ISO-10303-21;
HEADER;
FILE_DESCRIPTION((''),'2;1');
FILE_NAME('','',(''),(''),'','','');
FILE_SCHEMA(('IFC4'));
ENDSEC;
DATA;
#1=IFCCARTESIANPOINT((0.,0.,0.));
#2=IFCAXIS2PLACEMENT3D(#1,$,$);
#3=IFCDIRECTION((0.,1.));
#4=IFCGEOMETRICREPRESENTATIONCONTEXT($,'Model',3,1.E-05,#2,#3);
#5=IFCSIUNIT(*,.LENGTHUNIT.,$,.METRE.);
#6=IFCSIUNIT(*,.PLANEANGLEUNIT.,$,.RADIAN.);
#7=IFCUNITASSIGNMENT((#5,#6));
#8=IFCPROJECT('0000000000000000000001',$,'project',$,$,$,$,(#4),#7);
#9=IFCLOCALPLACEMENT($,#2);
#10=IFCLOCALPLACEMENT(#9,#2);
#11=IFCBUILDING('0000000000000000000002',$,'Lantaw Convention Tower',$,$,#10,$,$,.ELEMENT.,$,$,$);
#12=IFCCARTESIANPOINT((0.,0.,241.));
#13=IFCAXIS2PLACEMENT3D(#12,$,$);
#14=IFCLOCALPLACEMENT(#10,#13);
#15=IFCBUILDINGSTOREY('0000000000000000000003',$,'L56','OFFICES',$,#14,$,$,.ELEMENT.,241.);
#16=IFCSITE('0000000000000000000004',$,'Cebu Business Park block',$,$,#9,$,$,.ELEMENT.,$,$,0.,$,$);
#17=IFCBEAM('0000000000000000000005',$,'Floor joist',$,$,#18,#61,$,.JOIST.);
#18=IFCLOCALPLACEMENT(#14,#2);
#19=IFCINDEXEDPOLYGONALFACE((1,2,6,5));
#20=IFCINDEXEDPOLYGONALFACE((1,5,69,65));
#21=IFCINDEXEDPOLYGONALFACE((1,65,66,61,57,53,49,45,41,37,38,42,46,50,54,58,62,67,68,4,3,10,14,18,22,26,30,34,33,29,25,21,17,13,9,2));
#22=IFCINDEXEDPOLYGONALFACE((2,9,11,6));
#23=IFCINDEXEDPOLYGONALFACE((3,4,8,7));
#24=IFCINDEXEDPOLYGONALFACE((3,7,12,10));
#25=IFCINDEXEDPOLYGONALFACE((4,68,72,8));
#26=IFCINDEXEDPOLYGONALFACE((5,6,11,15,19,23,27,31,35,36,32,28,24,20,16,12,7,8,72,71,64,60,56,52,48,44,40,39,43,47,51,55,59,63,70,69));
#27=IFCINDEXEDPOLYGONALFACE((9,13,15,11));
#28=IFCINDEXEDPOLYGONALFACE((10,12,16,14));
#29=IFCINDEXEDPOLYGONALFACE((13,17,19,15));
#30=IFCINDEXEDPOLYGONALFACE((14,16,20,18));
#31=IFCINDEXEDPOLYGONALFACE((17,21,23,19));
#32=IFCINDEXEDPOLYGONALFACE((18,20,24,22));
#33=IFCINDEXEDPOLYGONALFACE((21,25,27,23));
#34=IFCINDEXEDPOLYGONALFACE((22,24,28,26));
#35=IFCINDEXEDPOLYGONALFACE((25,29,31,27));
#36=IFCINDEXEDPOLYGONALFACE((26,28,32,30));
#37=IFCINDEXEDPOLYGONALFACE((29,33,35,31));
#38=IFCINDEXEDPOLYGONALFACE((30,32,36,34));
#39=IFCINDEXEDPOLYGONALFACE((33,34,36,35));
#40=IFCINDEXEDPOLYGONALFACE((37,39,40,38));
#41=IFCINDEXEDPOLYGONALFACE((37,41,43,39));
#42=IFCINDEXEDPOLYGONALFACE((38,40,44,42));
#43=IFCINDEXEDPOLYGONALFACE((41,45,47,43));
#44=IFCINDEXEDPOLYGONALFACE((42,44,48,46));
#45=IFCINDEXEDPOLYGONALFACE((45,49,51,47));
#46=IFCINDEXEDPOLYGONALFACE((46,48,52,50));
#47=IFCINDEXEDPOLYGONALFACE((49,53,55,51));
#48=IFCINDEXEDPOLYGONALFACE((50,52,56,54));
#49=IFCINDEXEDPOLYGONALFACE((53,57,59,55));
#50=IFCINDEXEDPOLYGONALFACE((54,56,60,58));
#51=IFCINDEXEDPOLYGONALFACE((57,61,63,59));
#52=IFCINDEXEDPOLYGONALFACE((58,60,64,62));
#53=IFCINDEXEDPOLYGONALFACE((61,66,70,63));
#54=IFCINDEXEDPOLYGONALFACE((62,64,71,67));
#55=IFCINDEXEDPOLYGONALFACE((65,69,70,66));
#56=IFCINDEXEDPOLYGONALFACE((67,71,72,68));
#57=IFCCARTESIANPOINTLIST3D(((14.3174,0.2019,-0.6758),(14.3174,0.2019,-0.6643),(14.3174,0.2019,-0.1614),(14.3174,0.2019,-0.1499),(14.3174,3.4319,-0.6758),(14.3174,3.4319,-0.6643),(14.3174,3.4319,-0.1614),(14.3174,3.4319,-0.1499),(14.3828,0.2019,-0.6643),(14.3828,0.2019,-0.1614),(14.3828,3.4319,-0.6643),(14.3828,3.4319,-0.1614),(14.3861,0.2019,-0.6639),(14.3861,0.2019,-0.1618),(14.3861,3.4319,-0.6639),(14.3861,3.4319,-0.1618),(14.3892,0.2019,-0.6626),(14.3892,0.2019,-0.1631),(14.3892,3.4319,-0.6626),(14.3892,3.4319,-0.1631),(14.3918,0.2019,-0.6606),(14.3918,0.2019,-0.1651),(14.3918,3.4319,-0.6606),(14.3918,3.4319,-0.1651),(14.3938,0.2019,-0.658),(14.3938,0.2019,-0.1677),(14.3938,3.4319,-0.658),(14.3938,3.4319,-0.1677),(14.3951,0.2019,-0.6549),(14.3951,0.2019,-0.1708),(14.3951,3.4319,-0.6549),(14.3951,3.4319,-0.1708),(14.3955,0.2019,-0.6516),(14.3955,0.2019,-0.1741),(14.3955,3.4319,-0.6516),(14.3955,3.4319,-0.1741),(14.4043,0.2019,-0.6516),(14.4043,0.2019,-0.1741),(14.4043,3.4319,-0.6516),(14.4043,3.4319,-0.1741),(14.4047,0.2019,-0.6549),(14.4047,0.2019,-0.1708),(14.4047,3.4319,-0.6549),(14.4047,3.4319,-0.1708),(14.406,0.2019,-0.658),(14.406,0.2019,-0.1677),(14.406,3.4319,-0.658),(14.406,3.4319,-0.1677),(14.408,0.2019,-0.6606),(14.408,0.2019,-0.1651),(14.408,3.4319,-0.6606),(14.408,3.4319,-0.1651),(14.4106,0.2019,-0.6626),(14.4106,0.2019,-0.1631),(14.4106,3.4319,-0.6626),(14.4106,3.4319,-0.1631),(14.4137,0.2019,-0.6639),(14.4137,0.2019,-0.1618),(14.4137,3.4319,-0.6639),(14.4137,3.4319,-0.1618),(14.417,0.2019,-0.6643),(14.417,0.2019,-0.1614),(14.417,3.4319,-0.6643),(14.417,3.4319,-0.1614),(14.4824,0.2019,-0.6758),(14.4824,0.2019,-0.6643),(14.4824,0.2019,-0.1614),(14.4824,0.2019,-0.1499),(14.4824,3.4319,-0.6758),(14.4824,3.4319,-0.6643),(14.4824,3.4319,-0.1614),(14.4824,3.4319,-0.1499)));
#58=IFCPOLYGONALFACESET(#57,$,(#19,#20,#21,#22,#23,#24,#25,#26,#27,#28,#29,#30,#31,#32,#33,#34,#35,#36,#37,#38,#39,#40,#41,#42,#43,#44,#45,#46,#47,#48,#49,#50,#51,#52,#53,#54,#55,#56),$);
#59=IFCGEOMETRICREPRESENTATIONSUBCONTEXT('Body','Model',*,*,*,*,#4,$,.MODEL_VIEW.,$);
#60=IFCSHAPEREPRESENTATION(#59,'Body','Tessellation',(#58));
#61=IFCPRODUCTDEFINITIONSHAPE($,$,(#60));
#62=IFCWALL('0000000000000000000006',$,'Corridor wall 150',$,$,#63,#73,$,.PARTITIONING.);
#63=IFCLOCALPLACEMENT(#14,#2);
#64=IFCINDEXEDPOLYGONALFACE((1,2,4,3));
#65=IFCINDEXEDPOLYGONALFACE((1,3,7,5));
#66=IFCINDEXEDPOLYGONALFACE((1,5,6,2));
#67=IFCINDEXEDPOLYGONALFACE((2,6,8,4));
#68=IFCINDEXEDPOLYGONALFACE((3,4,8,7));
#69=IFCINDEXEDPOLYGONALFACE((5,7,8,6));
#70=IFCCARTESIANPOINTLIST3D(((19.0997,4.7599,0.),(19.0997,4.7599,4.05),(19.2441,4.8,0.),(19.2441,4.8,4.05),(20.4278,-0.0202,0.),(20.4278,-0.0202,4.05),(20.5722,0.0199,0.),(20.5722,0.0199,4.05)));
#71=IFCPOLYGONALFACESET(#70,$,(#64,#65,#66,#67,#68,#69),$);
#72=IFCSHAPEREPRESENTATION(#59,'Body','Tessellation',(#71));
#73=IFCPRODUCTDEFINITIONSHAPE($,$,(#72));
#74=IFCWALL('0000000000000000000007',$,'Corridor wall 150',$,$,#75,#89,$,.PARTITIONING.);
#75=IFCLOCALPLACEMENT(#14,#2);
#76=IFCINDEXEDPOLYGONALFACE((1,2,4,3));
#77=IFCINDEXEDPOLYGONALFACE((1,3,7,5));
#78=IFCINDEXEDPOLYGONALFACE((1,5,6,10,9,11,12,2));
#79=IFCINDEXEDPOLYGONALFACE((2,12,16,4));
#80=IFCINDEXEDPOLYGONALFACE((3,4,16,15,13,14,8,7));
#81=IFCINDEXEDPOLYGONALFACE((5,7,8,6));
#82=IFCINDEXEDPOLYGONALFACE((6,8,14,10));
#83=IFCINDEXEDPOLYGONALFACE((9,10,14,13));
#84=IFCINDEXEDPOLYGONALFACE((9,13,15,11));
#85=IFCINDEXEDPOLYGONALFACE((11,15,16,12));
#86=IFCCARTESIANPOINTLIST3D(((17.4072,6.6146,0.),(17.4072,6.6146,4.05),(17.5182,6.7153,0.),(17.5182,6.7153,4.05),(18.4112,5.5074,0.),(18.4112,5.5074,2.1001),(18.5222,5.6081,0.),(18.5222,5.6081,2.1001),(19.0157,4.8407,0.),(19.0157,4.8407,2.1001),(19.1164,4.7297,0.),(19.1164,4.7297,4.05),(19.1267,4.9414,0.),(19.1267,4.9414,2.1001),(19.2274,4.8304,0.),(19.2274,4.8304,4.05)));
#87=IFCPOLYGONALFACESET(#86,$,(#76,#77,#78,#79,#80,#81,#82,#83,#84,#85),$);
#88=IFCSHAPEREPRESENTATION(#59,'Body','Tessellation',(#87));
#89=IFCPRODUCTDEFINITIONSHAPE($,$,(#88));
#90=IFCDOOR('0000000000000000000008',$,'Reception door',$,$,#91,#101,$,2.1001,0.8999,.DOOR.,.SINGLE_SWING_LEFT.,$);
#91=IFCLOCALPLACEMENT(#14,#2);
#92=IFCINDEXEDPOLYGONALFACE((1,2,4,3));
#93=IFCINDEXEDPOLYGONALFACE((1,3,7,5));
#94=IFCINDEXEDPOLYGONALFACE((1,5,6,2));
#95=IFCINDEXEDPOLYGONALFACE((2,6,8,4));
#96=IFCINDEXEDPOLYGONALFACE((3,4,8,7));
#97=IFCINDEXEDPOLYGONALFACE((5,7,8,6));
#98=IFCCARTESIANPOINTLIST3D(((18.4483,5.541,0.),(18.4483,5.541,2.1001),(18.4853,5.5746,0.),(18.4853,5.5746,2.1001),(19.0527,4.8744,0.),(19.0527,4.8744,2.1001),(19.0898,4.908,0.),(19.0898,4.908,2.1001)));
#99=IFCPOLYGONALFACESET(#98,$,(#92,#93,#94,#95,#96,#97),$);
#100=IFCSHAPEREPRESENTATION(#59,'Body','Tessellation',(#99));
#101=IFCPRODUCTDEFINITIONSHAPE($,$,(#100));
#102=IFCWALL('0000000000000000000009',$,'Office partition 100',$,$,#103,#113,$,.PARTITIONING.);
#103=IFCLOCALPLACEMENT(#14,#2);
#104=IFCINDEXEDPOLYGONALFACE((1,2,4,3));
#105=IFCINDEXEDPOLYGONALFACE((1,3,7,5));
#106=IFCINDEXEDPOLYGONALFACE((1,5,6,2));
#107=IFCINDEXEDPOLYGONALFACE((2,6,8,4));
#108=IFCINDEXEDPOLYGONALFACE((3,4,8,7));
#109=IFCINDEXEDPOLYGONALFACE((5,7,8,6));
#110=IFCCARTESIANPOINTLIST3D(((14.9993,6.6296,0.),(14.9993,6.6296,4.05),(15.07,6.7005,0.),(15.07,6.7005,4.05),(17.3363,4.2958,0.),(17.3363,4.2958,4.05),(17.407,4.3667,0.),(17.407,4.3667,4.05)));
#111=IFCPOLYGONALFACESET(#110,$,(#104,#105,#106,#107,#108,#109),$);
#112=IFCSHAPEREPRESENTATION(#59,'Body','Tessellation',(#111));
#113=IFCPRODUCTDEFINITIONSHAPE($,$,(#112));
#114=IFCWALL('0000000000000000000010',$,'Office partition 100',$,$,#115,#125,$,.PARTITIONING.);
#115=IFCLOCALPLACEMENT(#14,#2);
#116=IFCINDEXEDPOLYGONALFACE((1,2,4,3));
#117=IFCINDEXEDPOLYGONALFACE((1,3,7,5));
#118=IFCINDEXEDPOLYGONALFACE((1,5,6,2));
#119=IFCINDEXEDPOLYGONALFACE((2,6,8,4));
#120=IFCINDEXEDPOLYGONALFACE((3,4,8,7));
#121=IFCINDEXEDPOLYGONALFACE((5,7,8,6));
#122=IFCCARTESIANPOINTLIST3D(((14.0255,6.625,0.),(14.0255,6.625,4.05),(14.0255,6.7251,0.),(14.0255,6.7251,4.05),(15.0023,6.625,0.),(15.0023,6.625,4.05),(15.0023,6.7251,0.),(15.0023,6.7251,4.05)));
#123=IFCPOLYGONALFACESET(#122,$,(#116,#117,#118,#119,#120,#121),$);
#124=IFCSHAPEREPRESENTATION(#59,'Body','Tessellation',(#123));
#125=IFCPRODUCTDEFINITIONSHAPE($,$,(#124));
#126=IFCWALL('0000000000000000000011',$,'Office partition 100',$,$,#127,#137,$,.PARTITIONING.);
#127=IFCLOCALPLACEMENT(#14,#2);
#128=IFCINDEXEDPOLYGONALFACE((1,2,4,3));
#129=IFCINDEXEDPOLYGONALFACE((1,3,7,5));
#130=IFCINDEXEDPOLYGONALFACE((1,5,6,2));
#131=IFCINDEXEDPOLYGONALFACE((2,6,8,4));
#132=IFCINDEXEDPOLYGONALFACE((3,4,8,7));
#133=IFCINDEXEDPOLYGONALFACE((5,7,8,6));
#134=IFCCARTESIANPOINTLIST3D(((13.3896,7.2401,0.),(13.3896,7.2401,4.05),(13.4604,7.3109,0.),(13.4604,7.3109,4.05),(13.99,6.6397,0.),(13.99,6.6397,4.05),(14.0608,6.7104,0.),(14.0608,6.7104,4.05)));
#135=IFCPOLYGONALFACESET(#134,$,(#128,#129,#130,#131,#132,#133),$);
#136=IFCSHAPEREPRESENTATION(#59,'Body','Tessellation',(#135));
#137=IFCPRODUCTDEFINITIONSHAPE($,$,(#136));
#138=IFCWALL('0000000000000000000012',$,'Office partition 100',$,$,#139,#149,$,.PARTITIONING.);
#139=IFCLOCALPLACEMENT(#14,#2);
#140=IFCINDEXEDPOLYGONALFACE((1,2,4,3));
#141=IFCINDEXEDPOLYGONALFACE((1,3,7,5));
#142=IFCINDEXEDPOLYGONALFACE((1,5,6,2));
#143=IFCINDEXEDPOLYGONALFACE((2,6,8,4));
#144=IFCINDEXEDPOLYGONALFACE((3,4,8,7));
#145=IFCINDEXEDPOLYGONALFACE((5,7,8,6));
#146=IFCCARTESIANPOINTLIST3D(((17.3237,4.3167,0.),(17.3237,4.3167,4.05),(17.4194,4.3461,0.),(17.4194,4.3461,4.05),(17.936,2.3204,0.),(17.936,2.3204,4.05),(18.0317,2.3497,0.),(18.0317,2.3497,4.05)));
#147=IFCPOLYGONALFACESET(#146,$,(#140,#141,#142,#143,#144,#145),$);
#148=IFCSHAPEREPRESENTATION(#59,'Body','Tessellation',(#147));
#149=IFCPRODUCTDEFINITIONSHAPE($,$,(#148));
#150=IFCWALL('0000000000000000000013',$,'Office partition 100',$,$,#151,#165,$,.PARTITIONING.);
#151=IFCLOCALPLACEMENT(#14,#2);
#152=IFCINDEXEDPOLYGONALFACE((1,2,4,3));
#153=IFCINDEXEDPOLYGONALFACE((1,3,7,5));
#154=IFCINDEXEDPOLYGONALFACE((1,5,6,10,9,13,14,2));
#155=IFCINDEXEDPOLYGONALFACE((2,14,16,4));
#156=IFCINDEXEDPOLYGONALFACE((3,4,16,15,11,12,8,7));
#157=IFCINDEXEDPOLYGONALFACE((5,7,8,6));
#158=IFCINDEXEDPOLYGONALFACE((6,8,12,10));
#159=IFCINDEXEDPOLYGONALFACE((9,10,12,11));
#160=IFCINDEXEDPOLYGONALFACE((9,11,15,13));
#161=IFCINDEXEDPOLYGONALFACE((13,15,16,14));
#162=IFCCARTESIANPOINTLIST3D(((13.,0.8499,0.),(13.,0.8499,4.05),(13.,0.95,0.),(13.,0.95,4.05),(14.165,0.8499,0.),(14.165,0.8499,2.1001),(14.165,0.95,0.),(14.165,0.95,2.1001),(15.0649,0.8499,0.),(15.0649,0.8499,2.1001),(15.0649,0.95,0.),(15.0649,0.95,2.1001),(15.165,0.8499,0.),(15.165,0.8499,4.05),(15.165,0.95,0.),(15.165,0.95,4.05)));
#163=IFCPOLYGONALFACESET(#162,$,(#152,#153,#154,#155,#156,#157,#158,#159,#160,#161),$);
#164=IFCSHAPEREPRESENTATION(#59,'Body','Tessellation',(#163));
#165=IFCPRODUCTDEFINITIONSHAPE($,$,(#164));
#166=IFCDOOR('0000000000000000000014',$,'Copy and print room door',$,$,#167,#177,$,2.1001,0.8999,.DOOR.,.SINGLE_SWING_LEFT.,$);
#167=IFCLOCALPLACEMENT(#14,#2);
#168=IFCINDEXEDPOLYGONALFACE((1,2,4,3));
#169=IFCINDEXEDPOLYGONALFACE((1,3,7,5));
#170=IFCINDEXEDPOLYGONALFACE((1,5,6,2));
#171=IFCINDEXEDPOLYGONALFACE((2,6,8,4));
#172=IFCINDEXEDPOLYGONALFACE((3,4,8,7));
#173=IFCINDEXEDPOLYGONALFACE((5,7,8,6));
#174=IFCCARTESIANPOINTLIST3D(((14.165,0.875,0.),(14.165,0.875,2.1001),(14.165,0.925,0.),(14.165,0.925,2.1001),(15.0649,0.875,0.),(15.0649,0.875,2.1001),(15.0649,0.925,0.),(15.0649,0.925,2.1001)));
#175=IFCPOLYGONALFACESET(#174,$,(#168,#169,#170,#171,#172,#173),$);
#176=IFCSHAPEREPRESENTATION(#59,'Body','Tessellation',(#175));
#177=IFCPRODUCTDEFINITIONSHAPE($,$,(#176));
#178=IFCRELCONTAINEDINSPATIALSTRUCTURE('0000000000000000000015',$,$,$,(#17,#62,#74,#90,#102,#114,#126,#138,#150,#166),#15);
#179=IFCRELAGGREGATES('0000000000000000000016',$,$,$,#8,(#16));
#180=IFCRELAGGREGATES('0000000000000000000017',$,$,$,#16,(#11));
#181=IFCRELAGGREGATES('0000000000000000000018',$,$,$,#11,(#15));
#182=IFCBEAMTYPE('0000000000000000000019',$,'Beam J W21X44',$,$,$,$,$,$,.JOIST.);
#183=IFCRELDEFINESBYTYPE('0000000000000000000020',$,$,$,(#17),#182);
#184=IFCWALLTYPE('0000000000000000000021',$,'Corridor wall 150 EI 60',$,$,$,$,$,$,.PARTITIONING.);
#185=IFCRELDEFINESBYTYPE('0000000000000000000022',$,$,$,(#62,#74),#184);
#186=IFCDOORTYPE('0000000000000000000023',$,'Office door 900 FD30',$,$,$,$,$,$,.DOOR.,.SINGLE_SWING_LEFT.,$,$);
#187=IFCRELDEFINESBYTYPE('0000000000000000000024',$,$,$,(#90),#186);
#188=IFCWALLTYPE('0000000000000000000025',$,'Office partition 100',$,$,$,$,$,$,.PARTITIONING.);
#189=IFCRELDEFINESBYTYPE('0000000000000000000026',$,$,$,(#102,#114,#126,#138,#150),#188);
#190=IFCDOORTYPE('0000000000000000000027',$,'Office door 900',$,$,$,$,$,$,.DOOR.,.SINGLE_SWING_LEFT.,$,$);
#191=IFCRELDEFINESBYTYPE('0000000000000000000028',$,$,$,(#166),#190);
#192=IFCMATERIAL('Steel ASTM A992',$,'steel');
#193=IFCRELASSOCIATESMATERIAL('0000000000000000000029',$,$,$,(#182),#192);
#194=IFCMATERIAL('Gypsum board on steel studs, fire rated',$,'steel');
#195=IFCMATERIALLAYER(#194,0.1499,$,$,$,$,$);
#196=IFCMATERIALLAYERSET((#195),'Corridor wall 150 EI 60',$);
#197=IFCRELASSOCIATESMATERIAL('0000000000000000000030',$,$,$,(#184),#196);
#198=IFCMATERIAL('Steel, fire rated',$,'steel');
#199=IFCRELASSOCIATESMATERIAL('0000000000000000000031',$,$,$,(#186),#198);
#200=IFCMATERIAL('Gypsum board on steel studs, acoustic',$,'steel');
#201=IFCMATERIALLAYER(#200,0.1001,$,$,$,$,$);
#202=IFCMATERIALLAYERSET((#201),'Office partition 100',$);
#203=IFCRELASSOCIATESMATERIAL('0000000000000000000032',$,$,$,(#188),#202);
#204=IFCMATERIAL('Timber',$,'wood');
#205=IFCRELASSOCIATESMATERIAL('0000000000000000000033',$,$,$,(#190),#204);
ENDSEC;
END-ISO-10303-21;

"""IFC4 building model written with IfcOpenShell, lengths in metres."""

from ifc_helpers import new_model, si_unit, direction, frame, frame_2d, origin, origin_2d, place, context, subcontext, project, spatial, rectangle, i_section, extrude, material, layer, layer_set, material_profile, profile_set, type_object, element, fill, save


model = new_model("IFC4")

# Units and contexts
model_context = context("Model", 3, precision=1e-05, world=origin(), true_north=direction((0.0, 1.0)))
body_context = subcontext(model_context, "Body", "Model", "MODEL_VIEW")
ifc_project = project(units=[si_unit("LENGTHUNIT", "METRE"), si_unit("PLANEANGLEUNIT", "RADIAN")], contexts=[model_context])

# Site, building, storey
site_placement = place(None, origin())
site = spatial("IfcSite", under=ifc_project, at=site_placement, Name="Cebu Business Park block", CompositionType="ELEMENT", RefElevation=0.0)
building_placement = place(site_placement, origin())
building = spatial("IfcBuilding", under=site, at=building_placement, Name="Lantaw Convention Tower", CompositionType="ELEMENT")
storey_placement = place(building_placement, frame((0.0, 0.0, 241.0)))
storey = spatial("IfcBuildingStorey", under=building, at=storey_placement, Name="L56", Description="OFFICES", CompositionType="ELEMENT", Elevation=241.0)

# Beam
ifc_material_1 = material(Name="Steel ASTM A992", Category="steel")
ifc_material_profile_1 = material_profile(ifc_material_1, i_section(OverallWidth=0.165, OverallDepth=0.5259, WebThickness=0.0088, FlangeThickness=0.0115, FilletRadius=0.0127, at=origin_2d()), Name="W21X44")
ifc_profile_set_1 = profile_set([ifc_material_profile_1], Name="Steel ASTM A992")
beam_type_1 = type_object("IfcBeamType", Name="Beam J W21X44", PredefinedType="JOIST", material=ifc_profile_set_1)
beam_1_placement = place(storey_placement, frame((14.3999, 0.2019, -0.4128), z_axis=(0.0, 1.0, 0.0), x_axis=(-1.0, 0.0, 0.0)))
element("IfcBeam", 1, at=beam_1_placement, inside=storey, type_object=beam_type_1, Name="Floor joist", PredefinedType="JOIST", context=body_context, shape_type="SweptSolid", body=[
    extrude(i_section(OverallWidth=0.165, OverallDepth=0.5259, WebThickness=0.0088, FlangeThickness=0.0115, FilletRadius=0.0127, at=origin_2d()), origin(), (0.0, 0.0, 1.0), 3.23),
])

# Wall
ifc_material_2 = material(Name="Gypsum board on steel studs, fire rated", Category="steel")
ifc_layer_1 = layer(ifc_material_2, 0.1499)
ifc_layer_set_1 = layer_set([ifc_layer_1], Name="Corridor wall 150 EI 60")
wall_type_1 = type_object("IfcWallType", Name="Corridor wall 150 EI 60", PredefinedType="PARTITIONING", material=ifc_layer_set_1)
wall_1_placement = place(storey_placement, frame((20.5, 0.0, 0.0), z_axis=(0.0, 0.0, 1.0), x_axis=(-0.267707, 0.9635, 0.0)))
element("IfcWall", 2, at=wall_1_placement, inside=storey, type_object=wall_type_1, Name="Corridor wall 150", PredefinedType="PARTITIONING", context=body_context, shape_type="SweptSolid", body=[
    extrude(rectangle(XDim=4.9612, YDim=0.1499, at=frame_2d((2.4805, 0.0))), origin(), (0.0, 0.0, 1.0), 4.05),
])

# Wall, opening, door
wall_2_placement = place(storey_placement, frame((19.1719, 4.78, 0.0), z_axis=(0.0, 0.0, 1.0), x_axis=(-0.671722, 0.740803, 0.0)))
wall_2 = element("IfcWall", 3, at=wall_2_placement, inside=storey, type_object=wall_type_1, Name="Corridor wall 150", PredefinedType="PARTITIONING", context=body_context, shape_type="SweptSolid", body=[
    extrude(rectangle(XDim=2.5444, YDim=0.1499, at=frame_2d((1.2722, 0.0))), origin(), (0.0, 0.0, 1.0), 4.05),
])
opening_1_placement = place(wall_2_placement, frame((0.1499, 0.0, 0.0)))
opening_1 = element("IfcOpeningElement", 4, at=opening_1_placement, cuts=wall_2, PredefinedType="OPENING", context=body_context, shape_type="SweptSolid", body=[
    extrude(rectangle(XDim=0.8999, YDim=2.1001, at=frame_2d((0.45, 1.05))), frame((0.0, 0.085, 0.0), z_axis=(0.0, -1.0, 0.0), x_axis=(1.0, 0.0, 0.0)), (0.0, 0.0, 1.0), 0.1699),
])
ifc_material_3 = material(Name="Steel, fire rated", Category="steel")
door_type_1 = type_object("IfcDoorType", Name="Office door 900 FD30", OperationType="SINGLE_SWING_LEFT", PredefinedType="DOOR", material=ifc_material_3)
door_1_placement = place(opening_1_placement, origin())
door_1 = element("IfcDoor", 5, at=door_1_placement, inside=storey, type_object=door_type_1, Name="Reception door", OperationType="SINGLE_SWING_LEFT", OverallHeight=2.1001, OverallWidth=0.8999, PredefinedType="DOOR", context=body_context, shape_type="SweptSolid", body=[
    extrude(rectangle(XDim=0.8999, YDim=2.1001, at=frame_2d((0.45, 1.05))), frame((0.0, 0.0249, 0.0), z_axis=(0.0, -1.0, 0.0), x_axis=(1.0, 0.0, 0.0)), (0.0, 0.0, 1.0), 0.05),
])
fill(opening_1, door_1)

# Walls
ifc_material_4 = material(Name="Gypsum board on steel studs, acoustic", Category="steel")
ifc_layer_2 = layer(ifc_material_4, 0.1001)
ifc_layer_set_2 = layer_set([ifc_layer_2], Name="Office partition 100")
wall_type_2 = type_object("IfcWallType", Name="Office partition 100", PredefinedType="PARTITIONING", material=ifc_layer_set_2)
wall_3_placement = place(storey_placement, frame((15.0347, 6.665, 0.0), z_axis=(0.0, 0.0, 1.0), x_axis=(0.707587, -0.706626, 0.0)))
element("IfcWall", 6, at=wall_3_placement, inside=storey, type_object=wall_type_2, Name="Office partition 100", PredefinedType="PARTITIONING", context=body_context, shape_type="SweptSolid", body=[
    extrude(rectangle(XDim=3.3027, YDim=0.1001, at=frame_2d((1.6514, 0.0))), origin(), (0.0, 0.0, 1.0), 4.05),
])
wall_4_placement = place(storey_placement, frame((15.0022, 6.675, 0.0), z_axis=(0.0, 0.0, 1.0), x_axis=(-1.0, 0.0, 0.0)))
element("IfcWall", 7, at=wall_4_placement, inside=storey, type_object=wall_type_2, Name="Office partition 100", PredefinedType="PARTITIONING", context=body_context, shape_type="SweptSolid", body=[
    extrude(rectangle(XDim=0.9768, YDim=0.1001, at=frame_2d((0.4883, 0.0))), origin(), (0.0, 0.0, 1.0), 4.05),
])
wall_5_placement = place(storey_placement, frame((14.0254, 6.675, 0.0), z_axis=(0.0, 0.0, 1.0), x_axis=(-0.707107, 0.707107, 0.0)))
element("IfcWall", 8, at=wall_5_placement, inside=storey, type_object=wall_type_2, Name="Office partition 100", PredefinedType="PARTITIONING", context=body_context, shape_type="SweptSolid", body=[
    extrude(rectangle(XDim=0.8491, YDim=0.1001, at=frame_2d((0.4246, 0.0))), origin(), (0.0, 0.0, 1.0), 4.05),
])
wall_6_placement = place(storey_placement, frame((17.3716, 4.3313, 0.0), z_axis=(0.0, 0.0, 1.0), x_axis=(0.293231, -0.956042, 0.0)))
element("IfcWall", 9, at=wall_6_placement, inside=storey, type_object=wall_type_2, Name="Office partition 100", PredefinedType="PARTITIONING", context=body_context, shape_type="SweptSolid", body=[
    extrude(rectangle(XDim=2.0881, YDim=0.1001, at=frame_2d((1.0439, 0.0))), origin(), (0.0, 0.0, 1.0), 4.05),
])

# Wall, opening, door
wall_7_placement = place(storey_placement, frame((15.165, 0.8999, 0.0), z_axis=(0.0, 0.0, 1.0), x_axis=(-1.0, 0.0, 0.0)))
wall_7 = element("IfcWall", 10, at=wall_7_placement, inside=storey, type_object=wall_type_2, Name="Office partition 100", PredefinedType="PARTITIONING", context=body_context, shape_type="SweptSolid", body=[
    extrude(rectangle(XDim=2.165, YDim=0.1001, at=frame_2d((1.0825, 0.0))), origin(), (0.0, 0.0, 1.0), 4.05),
])
opening_2_placement = place(wall_7_placement, frame((0.1001, 0.0, 0.0)))
opening_2 = element("IfcOpeningElement", 11, at=opening_2_placement, cuts=wall_7, PredefinedType="OPENING", context=body_context, shape_type="SweptSolid", body=[
    extrude(rectangle(XDim=0.8999, YDim=2.1001, at=frame_2d((0.45, 1.05))), frame((0.0, 0.0601, 0.0), z_axis=(0.0, -1.0, 0.0), x_axis=(1.0, 0.0, 0.0)), (0.0, 0.0, 1.0), 0.1201),
])
ifc_material_5 = material(Name="Timber", Category="wood")
door_type_2 = type_object("IfcDoorType", Name="Office door 900", OperationType="SINGLE_SWING_LEFT", PredefinedType="DOOR", material=ifc_material_5)
door_2_placement = place(opening_2_placement, origin())
door_2 = element("IfcDoor", 12, at=door_2_placement, inside=storey, type_object=door_type_2, Name="Copy and print room door", OperationType="SINGLE_SWING_LEFT", OverallHeight=2.1001, OverallWidth=0.8999, PredefinedType="DOOR", context=body_context, shape_type="SweptSolid", body=[
    extrude(rectangle(XDim=0.8999, YDim=2.1001, at=frame_2d((0.45, 1.05))), frame((0.0, 0.0249, 0.0), z_axis=(0.0, -1.0, 0.0), x_axis=(1.0, 0.0, 0.0)), (0.0, 0.0, 1.0), 0.05),
])
fill(opening_2, door_2)

save(model, "model.ifc")
